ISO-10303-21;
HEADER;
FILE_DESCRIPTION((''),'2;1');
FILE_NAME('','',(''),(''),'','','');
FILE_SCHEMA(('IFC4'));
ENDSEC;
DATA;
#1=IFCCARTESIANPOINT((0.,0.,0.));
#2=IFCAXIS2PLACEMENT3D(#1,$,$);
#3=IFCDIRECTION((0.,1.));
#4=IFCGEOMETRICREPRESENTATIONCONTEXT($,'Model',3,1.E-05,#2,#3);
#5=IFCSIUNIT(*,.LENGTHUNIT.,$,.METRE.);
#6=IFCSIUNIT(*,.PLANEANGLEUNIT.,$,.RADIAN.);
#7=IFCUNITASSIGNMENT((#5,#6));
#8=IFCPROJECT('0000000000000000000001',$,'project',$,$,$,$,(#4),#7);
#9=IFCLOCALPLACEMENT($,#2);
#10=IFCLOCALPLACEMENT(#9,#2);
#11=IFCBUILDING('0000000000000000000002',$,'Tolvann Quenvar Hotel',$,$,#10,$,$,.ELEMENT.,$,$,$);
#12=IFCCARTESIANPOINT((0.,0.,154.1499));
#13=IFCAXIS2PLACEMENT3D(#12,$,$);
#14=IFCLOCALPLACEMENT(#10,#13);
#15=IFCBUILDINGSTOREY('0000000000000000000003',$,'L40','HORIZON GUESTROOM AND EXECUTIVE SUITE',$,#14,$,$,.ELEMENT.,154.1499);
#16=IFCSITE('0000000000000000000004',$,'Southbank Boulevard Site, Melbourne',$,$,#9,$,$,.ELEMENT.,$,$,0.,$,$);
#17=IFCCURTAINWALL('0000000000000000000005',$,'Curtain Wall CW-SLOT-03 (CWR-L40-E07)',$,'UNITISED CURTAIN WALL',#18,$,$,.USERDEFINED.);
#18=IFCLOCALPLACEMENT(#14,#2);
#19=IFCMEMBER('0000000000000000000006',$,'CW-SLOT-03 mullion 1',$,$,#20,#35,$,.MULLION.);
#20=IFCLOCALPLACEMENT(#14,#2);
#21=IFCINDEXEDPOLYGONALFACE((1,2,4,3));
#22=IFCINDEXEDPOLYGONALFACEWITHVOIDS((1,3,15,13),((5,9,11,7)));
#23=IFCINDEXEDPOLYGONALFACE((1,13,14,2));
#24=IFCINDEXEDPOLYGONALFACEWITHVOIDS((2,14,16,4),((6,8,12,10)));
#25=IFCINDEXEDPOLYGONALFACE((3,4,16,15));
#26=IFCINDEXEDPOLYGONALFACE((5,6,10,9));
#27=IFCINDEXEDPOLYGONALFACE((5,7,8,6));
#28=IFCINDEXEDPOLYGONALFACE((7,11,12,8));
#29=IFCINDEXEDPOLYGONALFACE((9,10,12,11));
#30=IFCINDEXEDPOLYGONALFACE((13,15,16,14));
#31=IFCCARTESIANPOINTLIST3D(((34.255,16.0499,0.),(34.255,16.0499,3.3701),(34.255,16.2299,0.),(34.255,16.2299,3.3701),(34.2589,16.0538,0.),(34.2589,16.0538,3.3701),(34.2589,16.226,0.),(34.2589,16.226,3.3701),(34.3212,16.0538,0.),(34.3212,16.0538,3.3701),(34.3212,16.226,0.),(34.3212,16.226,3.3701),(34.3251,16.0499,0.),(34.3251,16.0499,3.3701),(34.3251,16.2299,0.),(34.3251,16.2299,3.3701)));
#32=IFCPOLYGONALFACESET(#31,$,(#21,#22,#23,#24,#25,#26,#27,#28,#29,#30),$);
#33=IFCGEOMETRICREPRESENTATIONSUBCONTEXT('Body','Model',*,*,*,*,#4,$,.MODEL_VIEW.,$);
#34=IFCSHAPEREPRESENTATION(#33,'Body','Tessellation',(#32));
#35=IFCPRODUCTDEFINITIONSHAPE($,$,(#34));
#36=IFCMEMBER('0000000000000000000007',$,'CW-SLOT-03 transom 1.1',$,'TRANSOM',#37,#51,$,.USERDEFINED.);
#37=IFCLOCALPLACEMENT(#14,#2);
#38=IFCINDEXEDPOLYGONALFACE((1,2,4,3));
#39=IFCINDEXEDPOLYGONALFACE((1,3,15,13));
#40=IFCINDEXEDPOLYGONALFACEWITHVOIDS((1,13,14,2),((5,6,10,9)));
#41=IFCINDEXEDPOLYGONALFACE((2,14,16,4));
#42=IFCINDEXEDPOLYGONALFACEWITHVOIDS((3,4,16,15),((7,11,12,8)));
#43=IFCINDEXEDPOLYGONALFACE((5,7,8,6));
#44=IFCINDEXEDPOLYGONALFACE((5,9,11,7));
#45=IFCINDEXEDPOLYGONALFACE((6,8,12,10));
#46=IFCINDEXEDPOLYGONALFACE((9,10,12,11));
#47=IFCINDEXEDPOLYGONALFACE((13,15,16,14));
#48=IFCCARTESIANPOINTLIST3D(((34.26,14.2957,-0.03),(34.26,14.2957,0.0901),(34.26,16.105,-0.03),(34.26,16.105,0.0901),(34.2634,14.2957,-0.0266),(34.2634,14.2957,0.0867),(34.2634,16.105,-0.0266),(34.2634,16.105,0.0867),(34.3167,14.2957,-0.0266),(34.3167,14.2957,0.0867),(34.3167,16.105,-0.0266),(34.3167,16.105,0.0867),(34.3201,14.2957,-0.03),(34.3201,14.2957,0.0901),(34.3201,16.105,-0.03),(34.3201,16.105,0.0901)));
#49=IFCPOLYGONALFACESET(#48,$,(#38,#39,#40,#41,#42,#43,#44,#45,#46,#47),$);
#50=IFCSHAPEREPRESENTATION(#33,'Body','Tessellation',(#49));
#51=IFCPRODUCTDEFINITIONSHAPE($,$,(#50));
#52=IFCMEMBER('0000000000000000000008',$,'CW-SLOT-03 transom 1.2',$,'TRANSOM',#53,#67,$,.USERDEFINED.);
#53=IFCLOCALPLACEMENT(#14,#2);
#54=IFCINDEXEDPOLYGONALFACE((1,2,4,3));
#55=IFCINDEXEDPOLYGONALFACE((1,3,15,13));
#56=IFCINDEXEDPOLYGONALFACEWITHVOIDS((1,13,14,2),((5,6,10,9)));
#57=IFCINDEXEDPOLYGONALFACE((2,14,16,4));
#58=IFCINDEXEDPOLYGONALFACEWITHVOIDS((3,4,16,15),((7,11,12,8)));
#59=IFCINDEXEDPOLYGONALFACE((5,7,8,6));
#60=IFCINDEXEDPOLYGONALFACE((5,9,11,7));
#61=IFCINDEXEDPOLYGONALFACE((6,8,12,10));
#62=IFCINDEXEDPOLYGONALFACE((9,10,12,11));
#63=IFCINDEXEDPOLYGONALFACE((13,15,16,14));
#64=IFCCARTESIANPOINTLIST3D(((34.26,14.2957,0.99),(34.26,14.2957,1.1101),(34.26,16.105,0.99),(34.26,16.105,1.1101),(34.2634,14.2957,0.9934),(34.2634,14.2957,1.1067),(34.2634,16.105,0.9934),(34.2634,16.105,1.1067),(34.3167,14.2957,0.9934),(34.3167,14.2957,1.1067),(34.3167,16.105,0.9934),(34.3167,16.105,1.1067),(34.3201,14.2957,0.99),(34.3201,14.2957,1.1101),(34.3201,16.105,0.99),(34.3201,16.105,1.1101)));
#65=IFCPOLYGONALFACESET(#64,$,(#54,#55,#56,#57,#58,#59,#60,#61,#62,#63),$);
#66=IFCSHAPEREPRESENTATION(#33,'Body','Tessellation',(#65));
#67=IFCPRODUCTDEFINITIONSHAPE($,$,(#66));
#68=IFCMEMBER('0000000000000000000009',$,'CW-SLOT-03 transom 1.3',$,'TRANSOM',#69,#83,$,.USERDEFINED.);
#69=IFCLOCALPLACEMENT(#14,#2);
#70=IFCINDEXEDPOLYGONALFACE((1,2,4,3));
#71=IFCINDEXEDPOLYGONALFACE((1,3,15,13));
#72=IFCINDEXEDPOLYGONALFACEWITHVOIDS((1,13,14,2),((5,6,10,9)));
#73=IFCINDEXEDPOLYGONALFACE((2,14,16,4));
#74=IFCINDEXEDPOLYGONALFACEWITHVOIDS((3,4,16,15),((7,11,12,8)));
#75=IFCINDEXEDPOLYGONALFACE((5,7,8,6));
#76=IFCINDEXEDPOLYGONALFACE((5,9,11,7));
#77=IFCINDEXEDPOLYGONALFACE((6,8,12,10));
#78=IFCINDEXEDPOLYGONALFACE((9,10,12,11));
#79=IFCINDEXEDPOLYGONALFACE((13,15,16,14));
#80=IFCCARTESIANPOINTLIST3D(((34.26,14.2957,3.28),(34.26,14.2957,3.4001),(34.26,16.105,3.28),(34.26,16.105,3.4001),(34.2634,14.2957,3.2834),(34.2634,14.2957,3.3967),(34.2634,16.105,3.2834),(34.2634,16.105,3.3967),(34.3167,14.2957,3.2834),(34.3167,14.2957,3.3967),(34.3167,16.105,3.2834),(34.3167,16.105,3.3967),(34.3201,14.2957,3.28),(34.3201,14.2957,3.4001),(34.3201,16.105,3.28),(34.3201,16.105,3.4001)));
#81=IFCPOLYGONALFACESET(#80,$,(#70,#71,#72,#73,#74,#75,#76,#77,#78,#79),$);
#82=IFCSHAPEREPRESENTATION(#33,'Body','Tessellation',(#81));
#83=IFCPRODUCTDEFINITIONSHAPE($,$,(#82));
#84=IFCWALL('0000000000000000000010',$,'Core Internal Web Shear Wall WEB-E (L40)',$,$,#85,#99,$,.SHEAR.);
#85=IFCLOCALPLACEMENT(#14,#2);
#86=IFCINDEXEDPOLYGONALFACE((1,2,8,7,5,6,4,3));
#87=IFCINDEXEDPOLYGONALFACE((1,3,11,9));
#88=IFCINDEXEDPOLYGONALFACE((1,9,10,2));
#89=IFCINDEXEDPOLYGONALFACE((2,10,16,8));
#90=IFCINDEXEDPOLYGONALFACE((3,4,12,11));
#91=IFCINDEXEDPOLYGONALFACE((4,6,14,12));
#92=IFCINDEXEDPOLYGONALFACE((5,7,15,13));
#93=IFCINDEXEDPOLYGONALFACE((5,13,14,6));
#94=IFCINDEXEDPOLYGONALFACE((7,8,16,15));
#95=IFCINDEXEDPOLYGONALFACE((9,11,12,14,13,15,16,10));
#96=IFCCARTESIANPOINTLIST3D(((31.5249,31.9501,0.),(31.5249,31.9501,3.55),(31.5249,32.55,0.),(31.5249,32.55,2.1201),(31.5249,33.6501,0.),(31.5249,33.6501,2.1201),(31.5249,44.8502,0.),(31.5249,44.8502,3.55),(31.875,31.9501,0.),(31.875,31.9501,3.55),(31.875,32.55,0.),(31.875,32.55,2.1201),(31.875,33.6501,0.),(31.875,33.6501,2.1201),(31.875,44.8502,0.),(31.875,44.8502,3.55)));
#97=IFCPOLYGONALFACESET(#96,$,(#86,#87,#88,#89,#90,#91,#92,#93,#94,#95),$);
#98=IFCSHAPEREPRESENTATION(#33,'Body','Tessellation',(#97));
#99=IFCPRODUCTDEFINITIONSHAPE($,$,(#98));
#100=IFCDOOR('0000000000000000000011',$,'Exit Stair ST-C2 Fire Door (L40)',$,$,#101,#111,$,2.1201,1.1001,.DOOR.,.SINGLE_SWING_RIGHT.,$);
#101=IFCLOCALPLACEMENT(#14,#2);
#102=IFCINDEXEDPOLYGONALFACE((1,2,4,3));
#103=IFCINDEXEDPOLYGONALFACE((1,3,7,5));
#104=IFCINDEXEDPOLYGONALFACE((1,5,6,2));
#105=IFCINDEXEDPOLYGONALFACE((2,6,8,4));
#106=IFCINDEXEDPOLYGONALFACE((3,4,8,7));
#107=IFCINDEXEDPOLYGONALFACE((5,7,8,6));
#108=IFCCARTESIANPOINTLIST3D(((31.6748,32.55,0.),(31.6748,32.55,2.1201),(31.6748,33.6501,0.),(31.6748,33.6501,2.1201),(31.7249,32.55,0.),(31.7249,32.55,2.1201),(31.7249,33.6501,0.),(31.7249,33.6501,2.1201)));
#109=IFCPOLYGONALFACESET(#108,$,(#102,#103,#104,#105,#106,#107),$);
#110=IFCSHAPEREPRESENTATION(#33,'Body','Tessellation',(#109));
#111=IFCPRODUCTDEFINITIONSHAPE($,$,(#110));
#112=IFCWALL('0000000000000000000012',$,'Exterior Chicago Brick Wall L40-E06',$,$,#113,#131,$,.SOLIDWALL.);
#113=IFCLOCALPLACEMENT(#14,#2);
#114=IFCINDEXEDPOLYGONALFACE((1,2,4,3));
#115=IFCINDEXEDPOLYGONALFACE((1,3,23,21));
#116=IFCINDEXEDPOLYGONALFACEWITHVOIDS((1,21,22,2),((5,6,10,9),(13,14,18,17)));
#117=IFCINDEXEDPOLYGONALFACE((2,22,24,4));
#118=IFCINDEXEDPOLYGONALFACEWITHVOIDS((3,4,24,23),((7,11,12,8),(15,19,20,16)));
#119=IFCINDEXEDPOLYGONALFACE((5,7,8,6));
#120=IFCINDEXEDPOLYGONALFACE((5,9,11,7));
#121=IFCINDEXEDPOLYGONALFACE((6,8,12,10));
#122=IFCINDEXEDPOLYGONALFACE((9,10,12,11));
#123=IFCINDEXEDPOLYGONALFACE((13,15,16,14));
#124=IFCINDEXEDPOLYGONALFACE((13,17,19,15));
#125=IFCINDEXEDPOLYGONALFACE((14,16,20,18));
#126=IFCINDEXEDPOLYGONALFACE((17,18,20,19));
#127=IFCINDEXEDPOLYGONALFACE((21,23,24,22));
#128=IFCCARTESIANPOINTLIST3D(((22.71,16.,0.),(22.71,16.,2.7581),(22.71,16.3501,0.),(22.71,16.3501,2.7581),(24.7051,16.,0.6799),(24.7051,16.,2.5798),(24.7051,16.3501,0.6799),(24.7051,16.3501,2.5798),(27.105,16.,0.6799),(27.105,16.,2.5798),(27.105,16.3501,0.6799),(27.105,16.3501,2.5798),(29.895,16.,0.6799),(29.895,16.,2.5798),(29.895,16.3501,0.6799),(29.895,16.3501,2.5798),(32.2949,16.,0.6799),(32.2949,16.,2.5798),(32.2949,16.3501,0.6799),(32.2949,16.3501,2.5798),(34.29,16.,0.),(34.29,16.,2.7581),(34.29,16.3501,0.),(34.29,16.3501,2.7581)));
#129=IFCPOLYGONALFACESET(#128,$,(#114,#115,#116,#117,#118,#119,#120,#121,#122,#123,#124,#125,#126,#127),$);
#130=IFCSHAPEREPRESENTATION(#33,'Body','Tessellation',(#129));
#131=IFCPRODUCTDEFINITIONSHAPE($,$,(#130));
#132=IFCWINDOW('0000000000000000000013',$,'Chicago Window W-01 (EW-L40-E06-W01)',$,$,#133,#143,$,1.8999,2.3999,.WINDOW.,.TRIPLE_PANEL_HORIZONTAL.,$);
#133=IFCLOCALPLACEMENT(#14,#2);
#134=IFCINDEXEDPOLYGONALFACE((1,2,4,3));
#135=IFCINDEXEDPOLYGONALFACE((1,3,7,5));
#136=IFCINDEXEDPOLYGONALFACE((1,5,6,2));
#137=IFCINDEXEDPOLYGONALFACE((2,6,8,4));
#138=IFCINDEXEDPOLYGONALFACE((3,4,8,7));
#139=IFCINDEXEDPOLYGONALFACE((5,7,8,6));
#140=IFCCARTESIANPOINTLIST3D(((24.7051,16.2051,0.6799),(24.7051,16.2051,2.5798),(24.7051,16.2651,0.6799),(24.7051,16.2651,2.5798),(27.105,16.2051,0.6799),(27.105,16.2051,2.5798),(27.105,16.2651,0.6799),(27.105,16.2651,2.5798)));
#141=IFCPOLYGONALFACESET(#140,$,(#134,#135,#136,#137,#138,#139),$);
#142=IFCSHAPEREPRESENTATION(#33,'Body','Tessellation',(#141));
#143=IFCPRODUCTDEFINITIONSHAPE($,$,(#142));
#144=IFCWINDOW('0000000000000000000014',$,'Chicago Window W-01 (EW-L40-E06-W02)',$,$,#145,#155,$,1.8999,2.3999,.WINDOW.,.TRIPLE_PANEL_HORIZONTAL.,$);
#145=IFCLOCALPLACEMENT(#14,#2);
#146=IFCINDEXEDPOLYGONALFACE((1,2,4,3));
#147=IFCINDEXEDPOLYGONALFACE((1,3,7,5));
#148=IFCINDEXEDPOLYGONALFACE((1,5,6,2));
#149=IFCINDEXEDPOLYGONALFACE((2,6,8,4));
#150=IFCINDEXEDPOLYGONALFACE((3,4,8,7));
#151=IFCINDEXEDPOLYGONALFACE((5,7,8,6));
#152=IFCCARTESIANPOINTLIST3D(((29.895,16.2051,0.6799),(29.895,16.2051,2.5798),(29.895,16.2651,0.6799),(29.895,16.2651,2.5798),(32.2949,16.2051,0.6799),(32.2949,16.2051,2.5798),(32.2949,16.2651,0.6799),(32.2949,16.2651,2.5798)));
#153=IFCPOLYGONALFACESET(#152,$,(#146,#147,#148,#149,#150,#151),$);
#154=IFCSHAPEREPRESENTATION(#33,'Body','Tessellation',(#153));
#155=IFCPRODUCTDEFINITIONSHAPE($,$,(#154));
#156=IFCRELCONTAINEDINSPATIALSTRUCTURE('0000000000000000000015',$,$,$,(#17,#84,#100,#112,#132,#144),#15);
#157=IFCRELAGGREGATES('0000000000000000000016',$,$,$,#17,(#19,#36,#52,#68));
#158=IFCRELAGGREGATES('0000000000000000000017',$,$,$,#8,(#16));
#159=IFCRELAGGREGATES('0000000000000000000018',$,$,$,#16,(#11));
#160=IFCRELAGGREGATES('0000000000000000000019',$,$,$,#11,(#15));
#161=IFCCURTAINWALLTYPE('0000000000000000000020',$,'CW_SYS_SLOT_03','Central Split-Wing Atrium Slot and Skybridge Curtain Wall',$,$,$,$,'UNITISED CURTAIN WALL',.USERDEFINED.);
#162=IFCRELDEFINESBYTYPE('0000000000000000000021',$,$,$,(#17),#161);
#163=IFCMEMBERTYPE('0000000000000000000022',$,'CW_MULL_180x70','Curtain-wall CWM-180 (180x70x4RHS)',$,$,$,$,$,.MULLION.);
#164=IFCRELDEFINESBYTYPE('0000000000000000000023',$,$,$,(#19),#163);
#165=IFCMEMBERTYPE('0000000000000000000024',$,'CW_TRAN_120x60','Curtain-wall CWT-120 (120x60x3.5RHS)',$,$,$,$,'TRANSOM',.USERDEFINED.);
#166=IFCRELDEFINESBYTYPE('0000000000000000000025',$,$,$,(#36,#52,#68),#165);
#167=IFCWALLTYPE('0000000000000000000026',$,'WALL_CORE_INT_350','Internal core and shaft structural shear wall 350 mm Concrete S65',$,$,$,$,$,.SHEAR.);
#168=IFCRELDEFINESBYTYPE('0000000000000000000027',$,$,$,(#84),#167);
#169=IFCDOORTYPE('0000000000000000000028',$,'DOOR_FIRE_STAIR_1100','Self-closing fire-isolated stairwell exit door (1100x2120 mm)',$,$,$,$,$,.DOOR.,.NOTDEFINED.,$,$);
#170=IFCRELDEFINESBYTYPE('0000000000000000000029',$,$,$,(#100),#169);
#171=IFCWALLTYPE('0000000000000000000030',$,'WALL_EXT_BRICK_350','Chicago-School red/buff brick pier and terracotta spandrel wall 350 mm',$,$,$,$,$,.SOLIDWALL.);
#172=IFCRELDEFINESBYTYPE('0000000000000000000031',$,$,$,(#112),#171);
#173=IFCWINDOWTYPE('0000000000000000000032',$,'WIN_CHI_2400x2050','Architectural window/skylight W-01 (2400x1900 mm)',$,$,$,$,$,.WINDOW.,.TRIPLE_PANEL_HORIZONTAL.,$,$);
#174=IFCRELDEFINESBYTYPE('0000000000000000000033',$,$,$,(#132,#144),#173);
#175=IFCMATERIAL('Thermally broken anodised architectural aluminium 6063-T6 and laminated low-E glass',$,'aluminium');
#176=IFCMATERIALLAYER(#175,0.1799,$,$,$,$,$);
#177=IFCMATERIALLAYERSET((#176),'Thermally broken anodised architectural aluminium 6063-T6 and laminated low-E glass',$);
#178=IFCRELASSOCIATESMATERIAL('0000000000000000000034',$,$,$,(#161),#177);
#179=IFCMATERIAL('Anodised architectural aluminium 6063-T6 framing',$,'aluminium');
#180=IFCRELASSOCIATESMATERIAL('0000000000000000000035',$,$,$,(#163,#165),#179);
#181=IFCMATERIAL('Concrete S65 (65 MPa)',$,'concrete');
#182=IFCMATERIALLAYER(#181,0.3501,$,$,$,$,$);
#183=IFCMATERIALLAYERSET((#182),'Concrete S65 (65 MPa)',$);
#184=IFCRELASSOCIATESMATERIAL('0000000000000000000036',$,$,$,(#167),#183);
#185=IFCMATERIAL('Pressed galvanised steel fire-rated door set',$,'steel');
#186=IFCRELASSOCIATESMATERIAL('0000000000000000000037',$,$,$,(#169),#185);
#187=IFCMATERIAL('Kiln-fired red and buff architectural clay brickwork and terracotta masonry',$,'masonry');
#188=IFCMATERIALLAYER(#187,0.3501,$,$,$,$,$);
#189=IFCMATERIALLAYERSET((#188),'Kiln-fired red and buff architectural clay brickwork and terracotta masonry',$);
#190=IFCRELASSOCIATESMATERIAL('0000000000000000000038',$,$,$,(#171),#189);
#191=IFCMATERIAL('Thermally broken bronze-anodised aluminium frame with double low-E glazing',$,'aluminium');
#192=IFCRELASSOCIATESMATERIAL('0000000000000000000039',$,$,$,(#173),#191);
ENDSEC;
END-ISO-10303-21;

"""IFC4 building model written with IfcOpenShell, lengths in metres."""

from ifc_helpers import new_model, si_unit, direction, frame, frame_2d, origin, origin_2d, place, context, subcontext, project, spatial, rectangle, hollow_rectangle, extrude, source, transform, mapped, material, layer, layer_set, material_profile, profile_set, type_object, type_shapes, element, fill, aggregate, save


model = new_model("IFC4")

# Units and contexts
model_context = context("Model", 3, precision=1e-05, world=origin(), true_north=direction((0.0, 1.0)))
body_context = subcontext(model_context, "Body", "Model", "MODEL_VIEW")
ifc_project = project(units=[si_unit("LENGTHUNIT", "METRE"), si_unit("PLANEANGLEUNIT", "RADIAN")], contexts=[model_context])

# Site, building, storey
site_placement = place(None, origin())
site = spatial("IfcSite", under=ifc_project, at=site_placement, Name="Southbank Boulevard Site, Melbourne", CompositionType="ELEMENT", RefElevation=0.0)
building_placement = place(site_placement, origin())
building = spatial("IfcBuilding", under=site, at=building_placement, Name="Tolvann Quenvar Hotel", CompositionType="ELEMENT")
storey_placement = place(building_placement, frame((0.0, 0.0, 154.1499)))
storey = spatial("IfcBuildingStorey", under=building, at=storey_placement, Name="L40", Description="HORIZON GUESTROOM AND EXECUTIVE SUITE", CompositionType="ELEMENT", Elevation=154.1499)

# Curtain wall, members
ifc_material_1 = material(Name="Thermally broken anodised architectural aluminium 6063-T6 and laminated low-E glass", Category="aluminium")
ifc_layer_1 = layer(ifc_material_1, 0.1799)
ifc_layer_set_1 = layer_set([ifc_layer_1], Name="Thermally broken anodised architectural aluminium 6063-T6 and laminated low-E glass")
curtain_wall_type = type_object("IfcCurtainWallType", Name="CW_SYS_SLOT_03", Description="Central Split-Wing Atrium Slot and Skybridge Curtain Wall", ElementType="UNITISED CURTAIN WALL", PredefinedType="USERDEFINED", material=ifc_layer_set_1)
curtain_wall_placement = place(storey_placement, origin())
curtain_wall = element("IfcCurtainWall", 1, at=curtain_wall_placement, inside=storey, type_object=curtain_wall_type, Name="Curtain Wall CW-SLOT-03 (CWR-L40-E07)", ObjectType="UNITISED CURTAIN WALL", PredefinedType="USERDEFINED")
ifc_material_2 = material(Name="Anodised architectural aluminium 6063-T6 framing", Category="aluminium")
ifc_material_profile_1 = material_profile(ifc_material_2, hollow_rectangle(XDim=0.0701, YDim=0.1799, WallThickness=0.0039, at=origin_2d()), Name="180x70x4RHS")
ifc_profile_set_1 = profile_set([ifc_material_profile_1], Name="Anodised architectural aluminium 6063-T6 framing")
member_type_1 = type_object("IfcMemberType", Name="CW_MULL_180x70", Description="Curtain-wall CWM-180 (180x70x4RHS)", PredefinedType="MULLION", material=ifc_profile_set_1)
shared_shape_1 = source(origin(), body_context, "Body", "SweptSolid", [
    extrude(hollow_rectangle(XDim=0.0701, YDim=0.1799, WallThickness=0.0039, at=origin_2d()), origin(), (0.0, 0.0, 1.0), 3.3701),
])
type_shapes(member_type_1, [shared_shape_1])
member_1_placement = place(storey_placement, frame((34.29, 16.1399, 0.0), z_axis=(0.0, 0.0, 1.0), x_axis=(1.0, 0.0, 0.0)))
member_1 = element("IfcMember", 2, at=member_1_placement, type_object=member_type_1, Name="CW-SLOT-03 mullion 1", PredefinedType="MULLION", context=body_context, shape_type="MappedRepresentation", body=[
    mapped(shared_shape_1, transform((0.0, 0.0, 0.0), x_axis=(1.0, 0.0, 0.0), y_axis=(0.0, 1.0, 0.0), z_axis=(0.0, 0.0, 1.0), scale=1.0)),
])
ifc_material_profile_2 = material_profile(ifc_material_2, hollow_rectangle(XDim=0.0601, YDim=0.1201, WallThickness=0.0034, at=origin_2d()), Name="120x60x3.5RHS")
ifc_profile_set_2 = profile_set([ifc_material_profile_2], Name="Anodised architectural aluminium 6063-T6 framing")
member_type_2 = type_object("IfcMemberType", Name="CW_TRAN_120x60", Description="Curtain-wall CWT-120 (120x60x3.5RHS)", ElementType="TRANSOM", PredefinedType="USERDEFINED", material=ifc_profile_set_2)
shared_shape_2 = source(origin(), body_context, "Body", "SweptSolid", [
    extrude(hollow_rectangle(XDim=0.0601, YDim=0.1201, WallThickness=0.0034, at=origin_2d()), origin(), (0.0, 0.0, 1.0), 1.8093),
])
type_shapes(member_type_2, [shared_shape_2])
member_2_placement = place(storey_placement, frame((34.29, 16.105, 0.03), z_axis=(0.0, -1.0, 0.0), x_axis=(1.0, 0.0, 0.0)))
member_2 = element("IfcMember", 3, at=member_2_placement, type_object=member_type_2, Name="CW-SLOT-03 transom 1.1", ObjectType="TRANSOM", PredefinedType="USERDEFINED", context=body_context, shape_type="MappedRepresentation", body=[
    mapped(shared_shape_2, transform((0.0, 0.0, 0.0), x_axis=(1.0, 0.0, 0.0), y_axis=(0.0, 1.0, 0.0), z_axis=(0.0, 0.0, 1.0), scale=1.0)),
])
member_3_placement = place(storey_placement, frame((34.29, 16.105, 1.05), z_axis=(0.0, -1.0, 0.0), x_axis=(1.0, 0.0, 0.0)))
member_3 = element("IfcMember", 4, at=member_3_placement, type_object=member_type_2, Name="CW-SLOT-03 transom 1.2", ObjectType="TRANSOM", PredefinedType="USERDEFINED", context=body_context, shape_type="MappedRepresentation", body=[
    mapped(shared_shape_2, transform((0.0, 0.0, 0.0), x_axis=(1.0, 0.0, 0.0), y_axis=(0.0, 1.0, 0.0), z_axis=(0.0, 0.0, 1.0), scale=1.0)),
])
member_4_placement = place(storey_placement, frame((34.29, 16.105, 3.3401), z_axis=(0.0, -1.0, 0.0), x_axis=(1.0, 0.0, 0.0)))
member_4 = element("IfcMember", 5, at=member_4_placement, type_object=member_type_2, Name="CW-SLOT-03 transom 1.3", ObjectType="TRANSOM", PredefinedType="USERDEFINED", context=body_context, shape_type="MappedRepresentation", body=[
    mapped(shared_shape_2, transform((0.0, 0.0, 0.0), x_axis=(1.0, 0.0, 0.0), y_axis=(0.0, 1.0, 0.0), z_axis=(0.0, 0.0, 1.0), scale=1.0)),
])
aggregate(curtain_wall, [member_1, member_2, member_3, member_4])

# Wall, opening, door
ifc_material_3 = material(Name="Concrete S65 (65 MPa)", Category="concrete")
ifc_layer_2 = layer(ifc_material_3, 0.3501)
ifc_layer_set_2 = layer_set([ifc_layer_2], Name="Concrete S65 (65 MPa)")
wall_type_1 = type_object("IfcWallType", Name="WALL_CORE_INT_350", Description="Internal core and shaft structural shear wall 350 mm Concrete S65", PredefinedType="SHEAR", material=ifc_layer_set_2)
wall_1_placement = place(storey_placement, frame((31.7, 31.95, 0.0), z_axis=(0.0, 0.0, 1.0), x_axis=(0.0, 1.0, 0.0)))
wall_1 = element("IfcWall", 6, at=wall_1_placement, inside=storey, type_object=wall_type_1, Name="Core Internal Web Shear Wall WEB-E (L40)", PredefinedType="SHEAR", context=body_context, shape_type="SweptSolid", body=[
    extrude(rectangle(XDim=12.9001, YDim=0.3501, at=frame_2d((6.4502, 0.0))), origin(), (0.0, 0.0, 1.0), 3.55),
])
opening_1_placement = place(wall_1_placement, frame((1.7002, 0.0, 0.0), z_axis=(0.0, 0.0, 1.0), x_axis=(-1.0, 0.0, 0.0)))
opening_1 = element("IfcOpeningElement", 7, at=opening_1_placement, cuts=wall_1, PredefinedType="OPENING", context=body_context, shape_type="SweptSolid", body=[
    extrude(rectangle(XDim=1.1001, YDim=2.1201, at=frame_2d((0.55, 1.0601))), frame((0.0, 0.1851, 0.0), z_axis=(0.0, -1.0, 0.0), x_axis=(1.0, 0.0, 0.0)), (0.0, 0.0, 1.0), 0.3701),
])
ifc_material_4 = material(Name="Pressed galvanised steel fire-rated door set", Category="steel")
door_type_1 = type_object("IfcDoorType", Name="DOOR_FIRE_STAIR_1100", Description="Self-closing fire-isolated stairwell exit door (1100x2120 mm)", OperationType="NOTDEFINED", PredefinedType="DOOR", material=ifc_material_4)
shared_shape_3 = source(origin(), body_context, "Body", "SweptSolid", [
    extrude(rectangle(XDim=1.1001, YDim=2.1201, at=frame_2d((0.55, 1.0601))), frame((0.0, 0.0249, 0.0), z_axis=(0.0, -1.0, 0.0), x_axis=(1.0, 0.0, 0.0)), (0.0, 0.0, 1.0), 0.05),
])
type_shapes(door_type_1, [shared_shape_3])
door_1_placement = place(opening_1_placement, origin())
door_1 = element("IfcDoor", 8, at=door_1_placement, inside=storey, type_object=door_type_1, Name="Exit Stair ST-C2 Fire Door (L40)", OperationType="SINGLE_SWING_RIGHT", OverallHeight=2.1201, OverallWidth=1.1001, PredefinedType="DOOR", context=body_context, shape_type="MappedRepresentation", body=[
    mapped(shared_shape_3, transform((0.0, 0.0, 0.0), x_axis=(1.0, 0.0, 0.0), y_axis=(0.0, 1.0, 0.0), z_axis=(0.0, 0.0, 1.0), scale=1.0)),
])
fill(opening_1, door_1)

# Wall, openings, windows
ifc_material_5 = material(Name="Kiln-fired red and buff architectural clay brickwork and terracotta masonry", Category="masonry")
ifc_layer_3 = layer(ifc_material_5, 0.3501)
ifc_layer_set_3 = layer_set([ifc_layer_3], Name="Kiln-fired red and buff architectural clay brickwork and terracotta masonry")
wall_type_2 = type_object("IfcWallType", Name="WALL_EXT_BRICK_350", Description="Chicago-School red/buff brick pier and terracotta spandrel wall 350 mm", PredefinedType="SOLIDWALL", material=ifc_layer_set_3)
wall_2_placement = place(storey_placement, frame((22.71, 16.175, 0.0), z_axis=(0.0, 0.0, 1.0), x_axis=(1.0, 0.0, 0.0)))
wall_2 = element("IfcWall", 9, at=wall_2_placement, inside=storey, type_object=wall_type_2, Name="Exterior Chicago Brick Wall L40-E06", PredefinedType="SOLIDWALL", context=body_context, shape_type="SweptSolid", body=[
    extrude(rectangle(XDim=11.5801, YDim=0.3501, at=frame_2d((5.79, 0.0))), origin(), (0.0, 0.0, 1.0), 2.7581),
])
opening_2_placement = place(wall_2_placement, frame((1.9951, 0.0, 0.6799)))
opening_2 = element("IfcOpeningElement", 10, at=opening_2_placement, cuts=wall_2, PredefinedType="OPENING", context=body_context, shape_type="SweptSolid", body=[
    extrude(rectangle(XDim=2.3999, YDim=1.8999, at=frame_2d((1.2, 0.95))), frame((0.0, 0.1851, 0.0), z_axis=(0.0, -1.0, 0.0), x_axis=(1.0, 0.0, 0.0)), (0.0, 0.0, 1.0), 0.3701),
])
opening_3_placement = place(wall_2_placement, frame((7.1851, 0.0, 0.6799)))
opening_3 = element("IfcOpeningElement", 11, at=opening_3_placement, cuts=wall_2, PredefinedType="OPENING", context=body_context, shape_type="SweptSolid", body=[
    extrude(rectangle(XDim=2.3999, YDim=1.8999, at=frame_2d((1.2, 0.95))), frame((0.0, 0.1851, 0.0), z_axis=(0.0, -1.0, 0.0), x_axis=(1.0, 0.0, 0.0)), (0.0, 0.0, 1.0), 0.3701),
])
ifc_material_6 = material(Name="Thermally broken bronze-anodised aluminium frame with double low-E glazing", Category="aluminium")
window_type = type_object("IfcWindowType", Name="WIN_CHI_2400x2050", Description="Architectural window/skylight W-01 (2400x1900 mm)", PartitioningType="TRIPLE_PANEL_HORIZONTAL", PredefinedType="WINDOW", material=ifc_material_6)
shared_shape_4 = source(origin(), body_context, "Body", "SweptSolid", [
    extrude(rectangle(XDim=2.3999, YDim=1.8999, at=frame_2d((1.2, 0.95))), frame((0.0, 0.0901, 0.0), z_axis=(0.0, -1.0, 0.0), x_axis=(1.0, 0.0, 0.0)), (0.0, 0.0, 1.0), 0.0601),
])
type_shapes(window_type, [shared_shape_4])
window_1_placement = place(opening_2_placement, origin())
window_1 = element("IfcWindow", 12, at=window_1_placement, inside=storey, type_object=window_type, Name="Chicago Window W-01 (EW-L40-E06-W01)", OverallHeight=1.8999, OverallWidth=2.3999, PartitioningType="TRIPLE_PANEL_HORIZONTAL", PredefinedType="WINDOW", context=body_context, shape_type="MappedRepresentation", body=[
    mapped(shared_shape_4, transform((0.0, 0.0, 0.0), x_axis=(1.0, 0.0, 0.0), y_axis=(0.0, 1.0, 0.0), z_axis=(0.0, 0.0, 1.0), scale=1.0)),
])
fill(opening_2, window_1)
window_2_placement = place(opening_3_placement, origin())
window_2 = element("IfcWindow", 13, at=window_2_placement, inside=storey, type_object=window_type, Name="Chicago Window W-01 (EW-L40-E06-W02)", OverallHeight=1.8999, OverallWidth=2.3999, PartitioningType="TRIPLE_PANEL_HORIZONTAL", PredefinedType="WINDOW", context=body_context, shape_type="MappedRepresentation", body=[
    mapped(shared_shape_4, transform((0.0, 0.0, 0.0), x_axis=(1.0, 0.0, 0.0), y_axis=(0.0, 1.0, 0.0), z_axis=(0.0, 0.0, 1.0), scale=1.0)),
])
fill(opening_3, window_2)

save(model, "model.ifc")
